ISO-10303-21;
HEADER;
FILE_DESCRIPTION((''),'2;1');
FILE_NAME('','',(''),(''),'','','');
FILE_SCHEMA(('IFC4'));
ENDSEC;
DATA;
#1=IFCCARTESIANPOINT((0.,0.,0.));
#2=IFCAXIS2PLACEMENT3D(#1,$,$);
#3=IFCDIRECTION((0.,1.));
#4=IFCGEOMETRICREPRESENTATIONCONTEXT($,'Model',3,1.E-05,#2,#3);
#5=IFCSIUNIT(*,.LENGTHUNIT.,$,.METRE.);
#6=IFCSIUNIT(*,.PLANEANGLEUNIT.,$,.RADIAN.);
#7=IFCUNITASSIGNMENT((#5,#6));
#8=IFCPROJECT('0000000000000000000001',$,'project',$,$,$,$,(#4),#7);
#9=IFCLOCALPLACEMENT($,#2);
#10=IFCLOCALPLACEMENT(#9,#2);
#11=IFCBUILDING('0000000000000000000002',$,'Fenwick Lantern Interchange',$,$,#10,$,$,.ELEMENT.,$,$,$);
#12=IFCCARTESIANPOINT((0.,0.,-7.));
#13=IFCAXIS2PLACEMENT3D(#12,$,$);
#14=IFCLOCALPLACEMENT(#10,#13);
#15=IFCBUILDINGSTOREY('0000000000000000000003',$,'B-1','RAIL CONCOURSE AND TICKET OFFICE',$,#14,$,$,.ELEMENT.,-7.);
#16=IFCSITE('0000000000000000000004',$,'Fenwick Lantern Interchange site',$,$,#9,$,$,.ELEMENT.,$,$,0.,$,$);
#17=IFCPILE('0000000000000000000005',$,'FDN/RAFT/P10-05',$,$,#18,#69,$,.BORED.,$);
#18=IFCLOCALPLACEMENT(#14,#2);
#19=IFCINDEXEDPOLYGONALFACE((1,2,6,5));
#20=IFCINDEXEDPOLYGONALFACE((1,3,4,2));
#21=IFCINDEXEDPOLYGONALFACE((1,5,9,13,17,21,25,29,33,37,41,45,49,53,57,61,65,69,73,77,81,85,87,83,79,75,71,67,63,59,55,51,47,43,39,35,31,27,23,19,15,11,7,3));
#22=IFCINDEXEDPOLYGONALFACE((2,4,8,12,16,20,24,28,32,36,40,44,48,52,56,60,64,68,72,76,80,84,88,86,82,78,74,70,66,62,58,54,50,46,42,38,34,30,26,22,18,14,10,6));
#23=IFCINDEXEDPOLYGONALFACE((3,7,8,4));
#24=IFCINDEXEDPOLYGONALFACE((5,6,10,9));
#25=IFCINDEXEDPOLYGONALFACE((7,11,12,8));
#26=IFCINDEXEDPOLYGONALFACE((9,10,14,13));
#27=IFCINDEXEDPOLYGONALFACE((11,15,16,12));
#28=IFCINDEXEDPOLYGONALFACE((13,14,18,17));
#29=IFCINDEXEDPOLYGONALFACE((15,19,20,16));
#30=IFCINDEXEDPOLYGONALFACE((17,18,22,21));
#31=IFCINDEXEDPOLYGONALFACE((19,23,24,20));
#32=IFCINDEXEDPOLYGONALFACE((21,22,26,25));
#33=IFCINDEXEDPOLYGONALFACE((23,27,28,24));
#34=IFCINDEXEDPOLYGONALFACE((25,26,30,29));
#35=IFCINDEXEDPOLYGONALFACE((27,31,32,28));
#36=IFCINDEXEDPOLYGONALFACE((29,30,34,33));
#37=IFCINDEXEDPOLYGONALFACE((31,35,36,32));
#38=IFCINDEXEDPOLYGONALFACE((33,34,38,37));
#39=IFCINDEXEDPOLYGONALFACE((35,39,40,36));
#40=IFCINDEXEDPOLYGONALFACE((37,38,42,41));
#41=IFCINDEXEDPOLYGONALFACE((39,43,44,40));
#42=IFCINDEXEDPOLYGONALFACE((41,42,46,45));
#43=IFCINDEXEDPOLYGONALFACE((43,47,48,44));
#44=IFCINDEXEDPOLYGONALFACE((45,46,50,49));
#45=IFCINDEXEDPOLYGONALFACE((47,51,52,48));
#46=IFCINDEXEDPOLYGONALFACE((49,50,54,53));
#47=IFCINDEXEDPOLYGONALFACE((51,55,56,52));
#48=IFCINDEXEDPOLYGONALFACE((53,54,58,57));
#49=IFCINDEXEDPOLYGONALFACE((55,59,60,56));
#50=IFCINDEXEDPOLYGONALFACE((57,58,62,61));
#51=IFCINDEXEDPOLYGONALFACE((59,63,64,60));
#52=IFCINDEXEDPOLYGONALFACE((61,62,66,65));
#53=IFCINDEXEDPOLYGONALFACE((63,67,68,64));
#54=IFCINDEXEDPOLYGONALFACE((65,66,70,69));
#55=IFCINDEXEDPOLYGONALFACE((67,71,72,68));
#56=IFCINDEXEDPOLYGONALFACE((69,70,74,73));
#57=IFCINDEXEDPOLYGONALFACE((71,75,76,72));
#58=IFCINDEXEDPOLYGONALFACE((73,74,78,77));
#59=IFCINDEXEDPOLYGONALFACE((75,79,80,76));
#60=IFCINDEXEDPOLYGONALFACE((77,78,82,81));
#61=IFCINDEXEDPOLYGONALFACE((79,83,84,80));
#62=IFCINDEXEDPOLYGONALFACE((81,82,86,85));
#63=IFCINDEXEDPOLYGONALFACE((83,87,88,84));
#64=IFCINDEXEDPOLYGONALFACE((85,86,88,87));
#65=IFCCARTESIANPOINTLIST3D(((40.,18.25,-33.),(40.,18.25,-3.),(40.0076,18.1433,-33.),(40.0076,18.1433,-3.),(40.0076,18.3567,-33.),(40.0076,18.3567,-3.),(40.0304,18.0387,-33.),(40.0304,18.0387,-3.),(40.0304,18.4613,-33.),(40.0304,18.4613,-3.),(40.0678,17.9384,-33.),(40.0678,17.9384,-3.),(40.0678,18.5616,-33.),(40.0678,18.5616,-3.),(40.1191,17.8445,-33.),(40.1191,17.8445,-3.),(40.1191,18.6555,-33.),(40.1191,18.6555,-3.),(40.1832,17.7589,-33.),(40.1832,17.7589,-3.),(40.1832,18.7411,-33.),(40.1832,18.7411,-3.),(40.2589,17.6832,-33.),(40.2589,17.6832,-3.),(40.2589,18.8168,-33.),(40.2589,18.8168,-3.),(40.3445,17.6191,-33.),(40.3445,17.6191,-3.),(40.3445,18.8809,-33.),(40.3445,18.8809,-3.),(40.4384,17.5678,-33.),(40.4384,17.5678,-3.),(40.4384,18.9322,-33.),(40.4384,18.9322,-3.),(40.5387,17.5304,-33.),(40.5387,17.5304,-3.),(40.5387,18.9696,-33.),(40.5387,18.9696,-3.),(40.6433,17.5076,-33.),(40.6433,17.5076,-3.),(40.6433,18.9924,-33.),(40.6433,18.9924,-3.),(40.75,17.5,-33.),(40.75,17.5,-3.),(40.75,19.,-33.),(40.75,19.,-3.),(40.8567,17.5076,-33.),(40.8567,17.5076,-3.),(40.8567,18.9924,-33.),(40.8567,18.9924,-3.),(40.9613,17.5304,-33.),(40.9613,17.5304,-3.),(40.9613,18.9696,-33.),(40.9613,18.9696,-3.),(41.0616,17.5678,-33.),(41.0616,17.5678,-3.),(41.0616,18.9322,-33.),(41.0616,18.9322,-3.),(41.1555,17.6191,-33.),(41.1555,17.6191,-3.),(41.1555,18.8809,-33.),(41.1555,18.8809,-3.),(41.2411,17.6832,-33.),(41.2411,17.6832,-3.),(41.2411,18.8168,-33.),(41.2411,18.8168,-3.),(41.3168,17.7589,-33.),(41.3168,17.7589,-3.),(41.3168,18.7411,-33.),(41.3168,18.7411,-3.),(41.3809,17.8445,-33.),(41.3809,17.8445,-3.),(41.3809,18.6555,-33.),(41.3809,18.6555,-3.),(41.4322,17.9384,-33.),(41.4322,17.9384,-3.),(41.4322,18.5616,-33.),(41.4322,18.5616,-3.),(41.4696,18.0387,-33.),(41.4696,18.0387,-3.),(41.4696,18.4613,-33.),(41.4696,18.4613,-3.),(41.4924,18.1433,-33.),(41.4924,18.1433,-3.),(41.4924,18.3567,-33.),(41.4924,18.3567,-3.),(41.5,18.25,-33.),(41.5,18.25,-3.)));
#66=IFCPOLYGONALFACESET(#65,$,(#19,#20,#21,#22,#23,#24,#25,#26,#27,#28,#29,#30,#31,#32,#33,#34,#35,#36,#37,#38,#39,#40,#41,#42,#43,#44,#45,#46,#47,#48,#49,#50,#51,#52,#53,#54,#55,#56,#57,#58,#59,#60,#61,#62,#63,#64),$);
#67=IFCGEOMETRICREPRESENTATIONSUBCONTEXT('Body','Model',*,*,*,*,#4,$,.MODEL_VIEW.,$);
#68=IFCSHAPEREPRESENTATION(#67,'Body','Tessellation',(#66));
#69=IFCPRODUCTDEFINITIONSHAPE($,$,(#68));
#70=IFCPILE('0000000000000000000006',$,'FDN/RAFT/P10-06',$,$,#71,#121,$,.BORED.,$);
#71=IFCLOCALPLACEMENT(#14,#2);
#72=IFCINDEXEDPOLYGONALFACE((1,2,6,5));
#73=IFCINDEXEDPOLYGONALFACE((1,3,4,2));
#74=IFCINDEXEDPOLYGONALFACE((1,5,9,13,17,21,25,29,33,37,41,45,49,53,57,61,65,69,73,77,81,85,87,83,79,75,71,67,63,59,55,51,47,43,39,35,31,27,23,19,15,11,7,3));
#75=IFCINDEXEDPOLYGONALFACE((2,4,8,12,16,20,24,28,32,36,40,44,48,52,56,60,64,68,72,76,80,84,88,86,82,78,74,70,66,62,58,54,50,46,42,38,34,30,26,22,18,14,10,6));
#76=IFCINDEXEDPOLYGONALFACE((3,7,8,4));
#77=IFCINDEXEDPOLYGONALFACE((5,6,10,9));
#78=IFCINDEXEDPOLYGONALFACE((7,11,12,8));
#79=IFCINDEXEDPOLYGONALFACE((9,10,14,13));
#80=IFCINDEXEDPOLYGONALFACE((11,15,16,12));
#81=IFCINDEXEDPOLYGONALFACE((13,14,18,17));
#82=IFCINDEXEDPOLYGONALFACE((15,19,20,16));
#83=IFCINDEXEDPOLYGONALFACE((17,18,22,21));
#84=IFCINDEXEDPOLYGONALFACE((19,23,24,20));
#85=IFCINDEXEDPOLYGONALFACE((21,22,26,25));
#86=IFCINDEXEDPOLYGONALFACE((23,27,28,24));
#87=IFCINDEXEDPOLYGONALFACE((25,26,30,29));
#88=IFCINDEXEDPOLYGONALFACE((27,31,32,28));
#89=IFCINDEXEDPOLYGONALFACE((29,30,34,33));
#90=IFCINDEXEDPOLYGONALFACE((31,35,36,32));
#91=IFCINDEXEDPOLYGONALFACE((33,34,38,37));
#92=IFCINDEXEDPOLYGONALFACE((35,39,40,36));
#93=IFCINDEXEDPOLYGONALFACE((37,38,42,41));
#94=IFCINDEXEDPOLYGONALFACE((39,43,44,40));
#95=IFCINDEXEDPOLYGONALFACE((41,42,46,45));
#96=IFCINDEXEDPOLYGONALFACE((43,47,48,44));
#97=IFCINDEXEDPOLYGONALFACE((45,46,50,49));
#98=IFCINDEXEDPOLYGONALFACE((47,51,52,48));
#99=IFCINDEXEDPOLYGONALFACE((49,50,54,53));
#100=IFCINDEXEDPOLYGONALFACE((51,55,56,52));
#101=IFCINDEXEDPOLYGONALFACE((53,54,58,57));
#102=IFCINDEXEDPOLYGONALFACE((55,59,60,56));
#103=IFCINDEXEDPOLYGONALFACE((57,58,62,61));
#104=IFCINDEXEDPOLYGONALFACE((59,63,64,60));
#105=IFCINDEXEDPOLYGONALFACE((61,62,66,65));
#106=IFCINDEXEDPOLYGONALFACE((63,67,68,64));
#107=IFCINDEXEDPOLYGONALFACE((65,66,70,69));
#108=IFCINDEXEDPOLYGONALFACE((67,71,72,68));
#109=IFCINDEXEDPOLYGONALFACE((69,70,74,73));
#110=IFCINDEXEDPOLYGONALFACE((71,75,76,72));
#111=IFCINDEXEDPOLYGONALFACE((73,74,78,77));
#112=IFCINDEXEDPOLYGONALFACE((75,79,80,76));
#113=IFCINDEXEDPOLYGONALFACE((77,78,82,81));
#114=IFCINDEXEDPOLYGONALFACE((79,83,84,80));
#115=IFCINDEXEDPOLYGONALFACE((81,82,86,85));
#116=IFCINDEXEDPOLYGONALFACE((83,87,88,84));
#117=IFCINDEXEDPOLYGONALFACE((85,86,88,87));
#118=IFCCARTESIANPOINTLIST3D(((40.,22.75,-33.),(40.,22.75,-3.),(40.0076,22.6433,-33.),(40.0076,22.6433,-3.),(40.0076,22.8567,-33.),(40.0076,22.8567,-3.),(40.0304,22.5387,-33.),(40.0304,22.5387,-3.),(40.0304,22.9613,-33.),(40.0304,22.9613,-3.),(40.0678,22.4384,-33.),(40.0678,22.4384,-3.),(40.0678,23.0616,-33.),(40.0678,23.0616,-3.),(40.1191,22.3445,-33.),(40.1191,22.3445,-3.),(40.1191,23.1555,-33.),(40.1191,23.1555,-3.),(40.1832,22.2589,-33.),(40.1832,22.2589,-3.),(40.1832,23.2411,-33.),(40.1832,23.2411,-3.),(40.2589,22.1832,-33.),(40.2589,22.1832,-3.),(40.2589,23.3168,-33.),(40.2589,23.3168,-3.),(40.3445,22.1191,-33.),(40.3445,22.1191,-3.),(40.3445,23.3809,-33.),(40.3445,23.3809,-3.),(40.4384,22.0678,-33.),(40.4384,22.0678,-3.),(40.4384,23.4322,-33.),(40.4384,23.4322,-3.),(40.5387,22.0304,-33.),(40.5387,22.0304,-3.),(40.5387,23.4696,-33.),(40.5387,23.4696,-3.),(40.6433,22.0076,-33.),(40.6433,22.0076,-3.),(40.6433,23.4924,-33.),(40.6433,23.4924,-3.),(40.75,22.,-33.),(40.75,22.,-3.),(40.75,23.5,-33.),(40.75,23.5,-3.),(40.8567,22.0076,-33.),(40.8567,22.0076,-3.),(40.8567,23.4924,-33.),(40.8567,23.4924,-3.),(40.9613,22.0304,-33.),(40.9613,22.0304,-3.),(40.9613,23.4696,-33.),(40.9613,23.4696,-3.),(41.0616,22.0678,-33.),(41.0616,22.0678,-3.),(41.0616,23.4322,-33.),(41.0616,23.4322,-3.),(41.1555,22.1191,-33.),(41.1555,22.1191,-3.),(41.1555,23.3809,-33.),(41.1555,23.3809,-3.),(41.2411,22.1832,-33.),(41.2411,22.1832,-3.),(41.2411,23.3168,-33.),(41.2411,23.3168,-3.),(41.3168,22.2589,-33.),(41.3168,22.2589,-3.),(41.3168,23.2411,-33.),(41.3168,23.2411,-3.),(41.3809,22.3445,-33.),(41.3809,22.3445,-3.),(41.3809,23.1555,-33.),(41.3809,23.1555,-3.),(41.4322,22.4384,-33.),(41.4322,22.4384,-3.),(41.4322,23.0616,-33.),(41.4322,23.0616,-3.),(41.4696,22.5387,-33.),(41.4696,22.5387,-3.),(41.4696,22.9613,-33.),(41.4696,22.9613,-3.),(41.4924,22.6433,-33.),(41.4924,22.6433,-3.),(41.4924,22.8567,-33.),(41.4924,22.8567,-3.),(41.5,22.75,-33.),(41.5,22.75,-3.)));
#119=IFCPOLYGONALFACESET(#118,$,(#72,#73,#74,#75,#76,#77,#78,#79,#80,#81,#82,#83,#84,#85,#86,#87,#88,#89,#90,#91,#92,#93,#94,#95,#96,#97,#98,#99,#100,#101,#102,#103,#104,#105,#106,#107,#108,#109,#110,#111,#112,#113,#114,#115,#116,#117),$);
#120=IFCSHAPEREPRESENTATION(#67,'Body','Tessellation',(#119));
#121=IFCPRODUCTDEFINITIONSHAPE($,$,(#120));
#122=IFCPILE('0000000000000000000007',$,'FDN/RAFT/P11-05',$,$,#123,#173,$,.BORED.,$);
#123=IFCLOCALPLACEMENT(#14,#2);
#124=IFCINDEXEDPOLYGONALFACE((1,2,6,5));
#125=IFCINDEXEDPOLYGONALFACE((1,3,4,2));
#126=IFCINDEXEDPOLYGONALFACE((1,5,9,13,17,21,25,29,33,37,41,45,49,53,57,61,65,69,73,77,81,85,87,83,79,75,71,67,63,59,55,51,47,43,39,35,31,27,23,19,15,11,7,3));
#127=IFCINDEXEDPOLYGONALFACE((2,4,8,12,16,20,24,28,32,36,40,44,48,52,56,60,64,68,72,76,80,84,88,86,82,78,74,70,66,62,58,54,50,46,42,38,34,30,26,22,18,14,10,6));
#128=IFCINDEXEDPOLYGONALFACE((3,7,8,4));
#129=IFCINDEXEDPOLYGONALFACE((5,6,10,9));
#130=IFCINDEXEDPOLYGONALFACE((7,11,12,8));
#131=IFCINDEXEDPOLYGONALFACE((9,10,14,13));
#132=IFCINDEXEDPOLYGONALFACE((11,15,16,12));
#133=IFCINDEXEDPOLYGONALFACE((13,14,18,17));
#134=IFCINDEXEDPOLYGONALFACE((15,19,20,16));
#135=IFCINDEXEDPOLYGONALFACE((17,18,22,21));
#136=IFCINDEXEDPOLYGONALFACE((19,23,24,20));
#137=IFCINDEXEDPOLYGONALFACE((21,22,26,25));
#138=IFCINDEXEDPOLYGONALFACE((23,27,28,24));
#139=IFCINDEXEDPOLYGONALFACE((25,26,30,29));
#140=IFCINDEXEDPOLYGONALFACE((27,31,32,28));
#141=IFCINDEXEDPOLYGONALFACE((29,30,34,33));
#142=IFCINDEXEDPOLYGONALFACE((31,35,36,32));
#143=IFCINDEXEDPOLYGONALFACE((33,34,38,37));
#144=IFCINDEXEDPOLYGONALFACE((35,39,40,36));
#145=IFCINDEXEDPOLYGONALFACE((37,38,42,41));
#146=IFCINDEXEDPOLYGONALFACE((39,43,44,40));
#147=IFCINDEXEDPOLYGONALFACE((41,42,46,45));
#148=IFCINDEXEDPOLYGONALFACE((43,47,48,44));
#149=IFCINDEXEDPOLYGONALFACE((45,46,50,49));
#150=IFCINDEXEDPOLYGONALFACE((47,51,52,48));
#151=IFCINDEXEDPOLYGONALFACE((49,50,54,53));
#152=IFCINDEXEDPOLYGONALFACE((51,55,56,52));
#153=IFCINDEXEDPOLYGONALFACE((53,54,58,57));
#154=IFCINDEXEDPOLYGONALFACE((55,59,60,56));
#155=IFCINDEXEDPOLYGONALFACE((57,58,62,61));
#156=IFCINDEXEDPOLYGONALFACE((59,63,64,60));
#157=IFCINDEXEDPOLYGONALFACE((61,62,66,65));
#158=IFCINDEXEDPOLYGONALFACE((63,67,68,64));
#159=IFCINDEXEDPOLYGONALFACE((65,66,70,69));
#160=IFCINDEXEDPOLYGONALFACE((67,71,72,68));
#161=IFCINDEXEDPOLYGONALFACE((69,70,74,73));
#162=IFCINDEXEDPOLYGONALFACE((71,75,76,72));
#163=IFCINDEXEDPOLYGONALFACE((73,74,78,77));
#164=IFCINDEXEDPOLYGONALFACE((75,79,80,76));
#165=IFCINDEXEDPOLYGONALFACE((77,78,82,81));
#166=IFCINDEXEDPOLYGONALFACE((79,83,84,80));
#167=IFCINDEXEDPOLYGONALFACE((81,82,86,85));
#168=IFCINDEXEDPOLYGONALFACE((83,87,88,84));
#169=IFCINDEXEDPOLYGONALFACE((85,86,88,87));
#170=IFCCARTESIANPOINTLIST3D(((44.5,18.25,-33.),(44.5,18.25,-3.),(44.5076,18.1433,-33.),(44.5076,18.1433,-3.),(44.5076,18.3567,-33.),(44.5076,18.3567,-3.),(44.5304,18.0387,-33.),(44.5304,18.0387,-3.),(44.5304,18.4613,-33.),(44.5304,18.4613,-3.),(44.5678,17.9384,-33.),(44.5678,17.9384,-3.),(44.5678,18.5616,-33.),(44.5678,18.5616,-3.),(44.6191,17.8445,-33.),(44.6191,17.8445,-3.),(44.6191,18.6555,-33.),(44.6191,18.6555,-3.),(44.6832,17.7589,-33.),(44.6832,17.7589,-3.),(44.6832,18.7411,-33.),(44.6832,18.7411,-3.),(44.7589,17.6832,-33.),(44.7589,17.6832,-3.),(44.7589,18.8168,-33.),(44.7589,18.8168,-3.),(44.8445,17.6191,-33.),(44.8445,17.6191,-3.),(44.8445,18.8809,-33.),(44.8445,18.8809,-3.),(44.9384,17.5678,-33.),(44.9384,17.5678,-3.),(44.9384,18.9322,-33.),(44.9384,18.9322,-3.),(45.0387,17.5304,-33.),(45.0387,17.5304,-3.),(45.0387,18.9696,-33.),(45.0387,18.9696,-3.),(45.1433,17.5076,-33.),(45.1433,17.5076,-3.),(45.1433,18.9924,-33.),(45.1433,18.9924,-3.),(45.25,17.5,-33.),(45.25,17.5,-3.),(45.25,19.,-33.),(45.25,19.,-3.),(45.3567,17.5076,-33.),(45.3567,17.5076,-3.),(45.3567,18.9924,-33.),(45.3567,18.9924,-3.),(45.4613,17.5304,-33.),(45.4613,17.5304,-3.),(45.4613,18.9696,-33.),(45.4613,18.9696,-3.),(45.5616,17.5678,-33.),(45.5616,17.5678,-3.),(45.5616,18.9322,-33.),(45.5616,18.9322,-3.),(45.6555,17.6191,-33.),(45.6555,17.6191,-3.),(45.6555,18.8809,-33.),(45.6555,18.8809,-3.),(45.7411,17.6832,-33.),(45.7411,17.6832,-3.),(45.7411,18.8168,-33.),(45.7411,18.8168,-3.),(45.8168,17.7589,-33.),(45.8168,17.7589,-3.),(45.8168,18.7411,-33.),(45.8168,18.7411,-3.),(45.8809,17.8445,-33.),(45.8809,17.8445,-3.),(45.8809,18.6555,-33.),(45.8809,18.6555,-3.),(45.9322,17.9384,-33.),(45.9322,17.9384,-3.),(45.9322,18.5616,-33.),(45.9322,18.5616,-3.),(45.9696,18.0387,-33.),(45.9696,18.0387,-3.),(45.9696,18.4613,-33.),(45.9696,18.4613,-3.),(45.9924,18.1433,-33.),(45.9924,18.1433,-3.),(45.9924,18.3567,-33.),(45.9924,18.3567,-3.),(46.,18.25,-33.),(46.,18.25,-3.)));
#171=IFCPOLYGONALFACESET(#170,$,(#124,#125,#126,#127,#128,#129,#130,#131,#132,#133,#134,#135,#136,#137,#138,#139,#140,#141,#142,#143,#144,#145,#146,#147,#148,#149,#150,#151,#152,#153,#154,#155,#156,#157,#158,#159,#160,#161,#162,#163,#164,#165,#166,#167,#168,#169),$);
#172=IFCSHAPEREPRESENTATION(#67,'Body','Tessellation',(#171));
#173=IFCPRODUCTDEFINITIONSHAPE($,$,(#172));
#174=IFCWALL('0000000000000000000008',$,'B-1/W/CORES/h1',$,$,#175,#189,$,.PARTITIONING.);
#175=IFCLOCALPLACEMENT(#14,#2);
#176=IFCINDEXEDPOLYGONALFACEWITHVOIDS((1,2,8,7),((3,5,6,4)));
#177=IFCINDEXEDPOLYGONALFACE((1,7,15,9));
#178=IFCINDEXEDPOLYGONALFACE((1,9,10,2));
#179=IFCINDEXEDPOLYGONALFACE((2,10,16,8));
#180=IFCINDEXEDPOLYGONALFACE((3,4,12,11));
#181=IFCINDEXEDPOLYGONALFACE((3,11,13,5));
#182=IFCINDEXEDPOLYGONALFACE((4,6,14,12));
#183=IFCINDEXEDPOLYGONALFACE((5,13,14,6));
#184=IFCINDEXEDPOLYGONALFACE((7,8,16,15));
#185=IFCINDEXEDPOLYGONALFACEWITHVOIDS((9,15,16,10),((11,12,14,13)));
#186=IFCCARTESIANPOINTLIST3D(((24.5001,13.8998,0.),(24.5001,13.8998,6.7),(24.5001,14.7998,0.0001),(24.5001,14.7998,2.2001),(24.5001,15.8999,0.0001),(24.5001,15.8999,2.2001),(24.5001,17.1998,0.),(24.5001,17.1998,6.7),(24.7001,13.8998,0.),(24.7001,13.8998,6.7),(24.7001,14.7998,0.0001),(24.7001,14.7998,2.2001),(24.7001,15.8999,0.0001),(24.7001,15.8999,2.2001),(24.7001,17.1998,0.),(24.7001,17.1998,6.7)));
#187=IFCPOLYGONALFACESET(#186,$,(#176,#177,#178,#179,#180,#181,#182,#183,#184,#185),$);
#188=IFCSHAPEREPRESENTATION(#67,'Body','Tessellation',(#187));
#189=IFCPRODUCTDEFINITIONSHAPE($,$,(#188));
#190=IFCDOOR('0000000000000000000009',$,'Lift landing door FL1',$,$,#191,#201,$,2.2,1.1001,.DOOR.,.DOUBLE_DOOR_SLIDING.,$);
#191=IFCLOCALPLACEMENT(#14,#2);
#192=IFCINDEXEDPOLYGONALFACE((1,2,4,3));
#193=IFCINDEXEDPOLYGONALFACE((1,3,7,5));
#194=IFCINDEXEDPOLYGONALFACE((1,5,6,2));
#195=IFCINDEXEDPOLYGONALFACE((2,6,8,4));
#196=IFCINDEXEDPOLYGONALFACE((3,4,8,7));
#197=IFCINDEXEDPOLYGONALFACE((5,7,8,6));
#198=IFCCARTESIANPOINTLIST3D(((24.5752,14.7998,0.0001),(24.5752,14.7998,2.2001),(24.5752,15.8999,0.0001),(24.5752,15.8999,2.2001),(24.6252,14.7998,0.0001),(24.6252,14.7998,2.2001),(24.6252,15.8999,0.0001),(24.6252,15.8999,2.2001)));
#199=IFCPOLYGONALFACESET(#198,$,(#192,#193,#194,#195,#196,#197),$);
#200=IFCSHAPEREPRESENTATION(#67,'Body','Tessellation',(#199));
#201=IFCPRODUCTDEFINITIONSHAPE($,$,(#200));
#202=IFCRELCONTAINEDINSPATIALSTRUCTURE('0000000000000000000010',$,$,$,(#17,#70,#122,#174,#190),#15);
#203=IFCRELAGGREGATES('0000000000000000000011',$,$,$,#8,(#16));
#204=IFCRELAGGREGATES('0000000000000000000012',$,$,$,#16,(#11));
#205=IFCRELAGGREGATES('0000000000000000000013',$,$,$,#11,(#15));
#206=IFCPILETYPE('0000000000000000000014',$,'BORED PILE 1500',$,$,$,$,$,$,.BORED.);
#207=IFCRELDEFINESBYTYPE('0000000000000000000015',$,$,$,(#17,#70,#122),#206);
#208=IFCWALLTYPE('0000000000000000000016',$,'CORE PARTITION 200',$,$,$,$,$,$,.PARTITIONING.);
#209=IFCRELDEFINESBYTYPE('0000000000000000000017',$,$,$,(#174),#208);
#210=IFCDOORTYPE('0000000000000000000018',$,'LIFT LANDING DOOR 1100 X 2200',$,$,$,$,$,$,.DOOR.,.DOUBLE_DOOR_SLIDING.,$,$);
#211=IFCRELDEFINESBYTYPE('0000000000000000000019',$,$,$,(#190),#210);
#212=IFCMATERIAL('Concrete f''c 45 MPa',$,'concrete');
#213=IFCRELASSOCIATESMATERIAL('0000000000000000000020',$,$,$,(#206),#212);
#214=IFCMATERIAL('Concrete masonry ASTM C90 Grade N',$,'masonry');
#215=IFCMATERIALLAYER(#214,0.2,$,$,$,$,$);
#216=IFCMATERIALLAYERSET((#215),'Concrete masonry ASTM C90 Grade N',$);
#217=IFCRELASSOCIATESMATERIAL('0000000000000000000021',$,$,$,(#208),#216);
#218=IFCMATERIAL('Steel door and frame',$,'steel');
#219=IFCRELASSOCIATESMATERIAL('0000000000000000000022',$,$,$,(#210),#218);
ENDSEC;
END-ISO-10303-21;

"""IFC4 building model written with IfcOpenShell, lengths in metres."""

from ifc_helpers import new_model, si_unit, direction, frame, frame_2d, origin, origin_2d, place, context, subcontext, project, spatial, rectangle, circle, extrude, material, layer, layer_set, type_object, element, fill, save


model = new_model("IFC4")

# Units and contexts
model_context = context("Model", 3, precision=1e-05, world=origin(), true_north=direction((0.0, 1.0)))
body_context = subcontext(model_context, "Body", "Model", "MODEL_VIEW")
ifc_project = project(units=[si_unit("LENGTHUNIT", "METRE"), si_unit("PLANEANGLEUNIT", "RADIAN")], contexts=[model_context])

# Site, building, storey
site_placement = place(None, origin())
site = spatial("IfcSite", under=ifc_project, at=site_placement, Name="Fenwick Lantern Interchange site", CompositionType="ELEMENT", RefElevation=0.0)
building_placement = place(site_placement, origin())
building = spatial("IfcBuilding", under=site, at=building_placement, Name="Fenwick Lantern Interchange", CompositionType="ELEMENT")
storey_placement = place(building_placement, frame((0.0, 0.0, -7.0)))
storey = spatial("IfcBuildingStorey", under=building, at=storey_placement, Name="B-1", Description="RAIL CONCOURSE AND TICKET OFFICE", CompositionType="ELEMENT", Elevation=-7.0)

# Piles
ifc_material_1 = material(Name="Concrete f'c 45 MPa", Category="concrete")
pile_type = type_object("IfcPileType", Name="BORED PILE 1500", PredefinedType="BORED", material=ifc_material_1)
for number, where, z_axis, x_axis, name in (
    (1, (40.75, 18.25, -3.0), (0.0, 0.0, -1.0), (1.0, 0.0, 0.0), "FDN/RAFT/P10-05"),
    (2, (40.75, 22.75, -3.0), (0.0, 0.0, -1.0), (1.0, 0.0, 0.0), "FDN/RAFT/P10-06"),
    (3, (45.25, 18.25, -3.0), (0.0, 0.0, -1.0), (1.0, 0.0, 0.0), "FDN/RAFT/P11-05"),
):
    element("IfcPile", number, at=place(storey_placement, frame(where, z_axis=z_axis, x_axis=x_axis)), inside=storey, type_object=pile_type, Name=name, PredefinedType="BORED", context=body_context, shape_type="SweptSolid", body=[
        extrude(circle(Radius=0.75, at=origin_2d()), origin(), (0.0, 0.0, 1.0), 30.0),
    ])

# Wall, opening, door
ifc_material_2 = material(Name="Concrete masonry ASTM C90 Grade N", Category="masonry")
ifc_layer_1 = layer(ifc_material_2, 0.2)
ifc_layer_set_1 = layer_set([ifc_layer_1], Name="Concrete masonry ASTM C90 Grade N")
wall_type_1 = type_object("IfcWallType", Name="CORE PARTITION 200", PredefinedType="PARTITIONING", material=ifc_layer_set_1)
wall_1_placement = place(storey_placement, frame((24.6001, 13.8999, 0.0), z_axis=(0.0, 0.0, 1.0), x_axis=(0.0, 1.0, 0.0)))
wall_1 = element("IfcWall", 4, at=wall_1_placement, inside=storey, type_object=wall_type_1, Name="B-1/W/CORES/h1", PredefinedType="PARTITIONING", context=body_context, shape_type="SweptSolid", body=[
    extrude(rectangle(XDim=3.3, YDim=0.2, at=frame_2d((1.6499, 0.0))), origin(), (0.0, 0.0, 1.0), 6.7),
])
opening_1_placement = place(wall_1_placement, frame((0.8999, 0.0, 0.0)))
opening_1 = element("IfcOpeningElement", 5, at=opening_1_placement, cuts=wall_1, PredefinedType="OPENING", context=body_context, shape_type="SweptSolid", body=[
    extrude(rectangle(XDim=1.1001, YDim=2.2, at=frame_2d((0.55, 1.1001))), frame((0.0, 0.1099, 0.0), z_axis=(0.0, -1.0, 0.0), x_axis=(1.0, 0.0, 0.0)), (0.0, 0.0, 1.0), 0.22),
])
ifc_material_3 = material(Name="Steel door and frame", Category="steel")
door_type_1 = type_object("IfcDoorType", Name="LIFT LANDING DOOR 1100 X 2200", OperationType="DOUBLE_DOOR_SLIDING", PredefinedType="DOOR", material=ifc_material_3)
door_1_placement = place(opening_1_placement, origin())
door_1 = element("IfcDoor", 6, at=door_1_placement, inside=storey, type_object=door_type_1, Name="Lift landing door FL1", OperationType="DOUBLE_DOOR_SLIDING", OverallHeight=2.2, OverallWidth=1.1001, PredefinedType="DOOR", context=body_context, shape_type="SweptSolid", body=[
    extrude(rectangle(XDim=1.1001, YDim=2.2, at=frame_2d((0.55, 1.1001))), frame((0.0, 0.0249, 0.0), z_axis=(0.0, -1.0, 0.0), x_axis=(1.0, 0.0, 0.0)), (0.0, 0.0, 1.0), 0.05),
])
fill(opening_1, door_1)

save(model, "model.ifc")
